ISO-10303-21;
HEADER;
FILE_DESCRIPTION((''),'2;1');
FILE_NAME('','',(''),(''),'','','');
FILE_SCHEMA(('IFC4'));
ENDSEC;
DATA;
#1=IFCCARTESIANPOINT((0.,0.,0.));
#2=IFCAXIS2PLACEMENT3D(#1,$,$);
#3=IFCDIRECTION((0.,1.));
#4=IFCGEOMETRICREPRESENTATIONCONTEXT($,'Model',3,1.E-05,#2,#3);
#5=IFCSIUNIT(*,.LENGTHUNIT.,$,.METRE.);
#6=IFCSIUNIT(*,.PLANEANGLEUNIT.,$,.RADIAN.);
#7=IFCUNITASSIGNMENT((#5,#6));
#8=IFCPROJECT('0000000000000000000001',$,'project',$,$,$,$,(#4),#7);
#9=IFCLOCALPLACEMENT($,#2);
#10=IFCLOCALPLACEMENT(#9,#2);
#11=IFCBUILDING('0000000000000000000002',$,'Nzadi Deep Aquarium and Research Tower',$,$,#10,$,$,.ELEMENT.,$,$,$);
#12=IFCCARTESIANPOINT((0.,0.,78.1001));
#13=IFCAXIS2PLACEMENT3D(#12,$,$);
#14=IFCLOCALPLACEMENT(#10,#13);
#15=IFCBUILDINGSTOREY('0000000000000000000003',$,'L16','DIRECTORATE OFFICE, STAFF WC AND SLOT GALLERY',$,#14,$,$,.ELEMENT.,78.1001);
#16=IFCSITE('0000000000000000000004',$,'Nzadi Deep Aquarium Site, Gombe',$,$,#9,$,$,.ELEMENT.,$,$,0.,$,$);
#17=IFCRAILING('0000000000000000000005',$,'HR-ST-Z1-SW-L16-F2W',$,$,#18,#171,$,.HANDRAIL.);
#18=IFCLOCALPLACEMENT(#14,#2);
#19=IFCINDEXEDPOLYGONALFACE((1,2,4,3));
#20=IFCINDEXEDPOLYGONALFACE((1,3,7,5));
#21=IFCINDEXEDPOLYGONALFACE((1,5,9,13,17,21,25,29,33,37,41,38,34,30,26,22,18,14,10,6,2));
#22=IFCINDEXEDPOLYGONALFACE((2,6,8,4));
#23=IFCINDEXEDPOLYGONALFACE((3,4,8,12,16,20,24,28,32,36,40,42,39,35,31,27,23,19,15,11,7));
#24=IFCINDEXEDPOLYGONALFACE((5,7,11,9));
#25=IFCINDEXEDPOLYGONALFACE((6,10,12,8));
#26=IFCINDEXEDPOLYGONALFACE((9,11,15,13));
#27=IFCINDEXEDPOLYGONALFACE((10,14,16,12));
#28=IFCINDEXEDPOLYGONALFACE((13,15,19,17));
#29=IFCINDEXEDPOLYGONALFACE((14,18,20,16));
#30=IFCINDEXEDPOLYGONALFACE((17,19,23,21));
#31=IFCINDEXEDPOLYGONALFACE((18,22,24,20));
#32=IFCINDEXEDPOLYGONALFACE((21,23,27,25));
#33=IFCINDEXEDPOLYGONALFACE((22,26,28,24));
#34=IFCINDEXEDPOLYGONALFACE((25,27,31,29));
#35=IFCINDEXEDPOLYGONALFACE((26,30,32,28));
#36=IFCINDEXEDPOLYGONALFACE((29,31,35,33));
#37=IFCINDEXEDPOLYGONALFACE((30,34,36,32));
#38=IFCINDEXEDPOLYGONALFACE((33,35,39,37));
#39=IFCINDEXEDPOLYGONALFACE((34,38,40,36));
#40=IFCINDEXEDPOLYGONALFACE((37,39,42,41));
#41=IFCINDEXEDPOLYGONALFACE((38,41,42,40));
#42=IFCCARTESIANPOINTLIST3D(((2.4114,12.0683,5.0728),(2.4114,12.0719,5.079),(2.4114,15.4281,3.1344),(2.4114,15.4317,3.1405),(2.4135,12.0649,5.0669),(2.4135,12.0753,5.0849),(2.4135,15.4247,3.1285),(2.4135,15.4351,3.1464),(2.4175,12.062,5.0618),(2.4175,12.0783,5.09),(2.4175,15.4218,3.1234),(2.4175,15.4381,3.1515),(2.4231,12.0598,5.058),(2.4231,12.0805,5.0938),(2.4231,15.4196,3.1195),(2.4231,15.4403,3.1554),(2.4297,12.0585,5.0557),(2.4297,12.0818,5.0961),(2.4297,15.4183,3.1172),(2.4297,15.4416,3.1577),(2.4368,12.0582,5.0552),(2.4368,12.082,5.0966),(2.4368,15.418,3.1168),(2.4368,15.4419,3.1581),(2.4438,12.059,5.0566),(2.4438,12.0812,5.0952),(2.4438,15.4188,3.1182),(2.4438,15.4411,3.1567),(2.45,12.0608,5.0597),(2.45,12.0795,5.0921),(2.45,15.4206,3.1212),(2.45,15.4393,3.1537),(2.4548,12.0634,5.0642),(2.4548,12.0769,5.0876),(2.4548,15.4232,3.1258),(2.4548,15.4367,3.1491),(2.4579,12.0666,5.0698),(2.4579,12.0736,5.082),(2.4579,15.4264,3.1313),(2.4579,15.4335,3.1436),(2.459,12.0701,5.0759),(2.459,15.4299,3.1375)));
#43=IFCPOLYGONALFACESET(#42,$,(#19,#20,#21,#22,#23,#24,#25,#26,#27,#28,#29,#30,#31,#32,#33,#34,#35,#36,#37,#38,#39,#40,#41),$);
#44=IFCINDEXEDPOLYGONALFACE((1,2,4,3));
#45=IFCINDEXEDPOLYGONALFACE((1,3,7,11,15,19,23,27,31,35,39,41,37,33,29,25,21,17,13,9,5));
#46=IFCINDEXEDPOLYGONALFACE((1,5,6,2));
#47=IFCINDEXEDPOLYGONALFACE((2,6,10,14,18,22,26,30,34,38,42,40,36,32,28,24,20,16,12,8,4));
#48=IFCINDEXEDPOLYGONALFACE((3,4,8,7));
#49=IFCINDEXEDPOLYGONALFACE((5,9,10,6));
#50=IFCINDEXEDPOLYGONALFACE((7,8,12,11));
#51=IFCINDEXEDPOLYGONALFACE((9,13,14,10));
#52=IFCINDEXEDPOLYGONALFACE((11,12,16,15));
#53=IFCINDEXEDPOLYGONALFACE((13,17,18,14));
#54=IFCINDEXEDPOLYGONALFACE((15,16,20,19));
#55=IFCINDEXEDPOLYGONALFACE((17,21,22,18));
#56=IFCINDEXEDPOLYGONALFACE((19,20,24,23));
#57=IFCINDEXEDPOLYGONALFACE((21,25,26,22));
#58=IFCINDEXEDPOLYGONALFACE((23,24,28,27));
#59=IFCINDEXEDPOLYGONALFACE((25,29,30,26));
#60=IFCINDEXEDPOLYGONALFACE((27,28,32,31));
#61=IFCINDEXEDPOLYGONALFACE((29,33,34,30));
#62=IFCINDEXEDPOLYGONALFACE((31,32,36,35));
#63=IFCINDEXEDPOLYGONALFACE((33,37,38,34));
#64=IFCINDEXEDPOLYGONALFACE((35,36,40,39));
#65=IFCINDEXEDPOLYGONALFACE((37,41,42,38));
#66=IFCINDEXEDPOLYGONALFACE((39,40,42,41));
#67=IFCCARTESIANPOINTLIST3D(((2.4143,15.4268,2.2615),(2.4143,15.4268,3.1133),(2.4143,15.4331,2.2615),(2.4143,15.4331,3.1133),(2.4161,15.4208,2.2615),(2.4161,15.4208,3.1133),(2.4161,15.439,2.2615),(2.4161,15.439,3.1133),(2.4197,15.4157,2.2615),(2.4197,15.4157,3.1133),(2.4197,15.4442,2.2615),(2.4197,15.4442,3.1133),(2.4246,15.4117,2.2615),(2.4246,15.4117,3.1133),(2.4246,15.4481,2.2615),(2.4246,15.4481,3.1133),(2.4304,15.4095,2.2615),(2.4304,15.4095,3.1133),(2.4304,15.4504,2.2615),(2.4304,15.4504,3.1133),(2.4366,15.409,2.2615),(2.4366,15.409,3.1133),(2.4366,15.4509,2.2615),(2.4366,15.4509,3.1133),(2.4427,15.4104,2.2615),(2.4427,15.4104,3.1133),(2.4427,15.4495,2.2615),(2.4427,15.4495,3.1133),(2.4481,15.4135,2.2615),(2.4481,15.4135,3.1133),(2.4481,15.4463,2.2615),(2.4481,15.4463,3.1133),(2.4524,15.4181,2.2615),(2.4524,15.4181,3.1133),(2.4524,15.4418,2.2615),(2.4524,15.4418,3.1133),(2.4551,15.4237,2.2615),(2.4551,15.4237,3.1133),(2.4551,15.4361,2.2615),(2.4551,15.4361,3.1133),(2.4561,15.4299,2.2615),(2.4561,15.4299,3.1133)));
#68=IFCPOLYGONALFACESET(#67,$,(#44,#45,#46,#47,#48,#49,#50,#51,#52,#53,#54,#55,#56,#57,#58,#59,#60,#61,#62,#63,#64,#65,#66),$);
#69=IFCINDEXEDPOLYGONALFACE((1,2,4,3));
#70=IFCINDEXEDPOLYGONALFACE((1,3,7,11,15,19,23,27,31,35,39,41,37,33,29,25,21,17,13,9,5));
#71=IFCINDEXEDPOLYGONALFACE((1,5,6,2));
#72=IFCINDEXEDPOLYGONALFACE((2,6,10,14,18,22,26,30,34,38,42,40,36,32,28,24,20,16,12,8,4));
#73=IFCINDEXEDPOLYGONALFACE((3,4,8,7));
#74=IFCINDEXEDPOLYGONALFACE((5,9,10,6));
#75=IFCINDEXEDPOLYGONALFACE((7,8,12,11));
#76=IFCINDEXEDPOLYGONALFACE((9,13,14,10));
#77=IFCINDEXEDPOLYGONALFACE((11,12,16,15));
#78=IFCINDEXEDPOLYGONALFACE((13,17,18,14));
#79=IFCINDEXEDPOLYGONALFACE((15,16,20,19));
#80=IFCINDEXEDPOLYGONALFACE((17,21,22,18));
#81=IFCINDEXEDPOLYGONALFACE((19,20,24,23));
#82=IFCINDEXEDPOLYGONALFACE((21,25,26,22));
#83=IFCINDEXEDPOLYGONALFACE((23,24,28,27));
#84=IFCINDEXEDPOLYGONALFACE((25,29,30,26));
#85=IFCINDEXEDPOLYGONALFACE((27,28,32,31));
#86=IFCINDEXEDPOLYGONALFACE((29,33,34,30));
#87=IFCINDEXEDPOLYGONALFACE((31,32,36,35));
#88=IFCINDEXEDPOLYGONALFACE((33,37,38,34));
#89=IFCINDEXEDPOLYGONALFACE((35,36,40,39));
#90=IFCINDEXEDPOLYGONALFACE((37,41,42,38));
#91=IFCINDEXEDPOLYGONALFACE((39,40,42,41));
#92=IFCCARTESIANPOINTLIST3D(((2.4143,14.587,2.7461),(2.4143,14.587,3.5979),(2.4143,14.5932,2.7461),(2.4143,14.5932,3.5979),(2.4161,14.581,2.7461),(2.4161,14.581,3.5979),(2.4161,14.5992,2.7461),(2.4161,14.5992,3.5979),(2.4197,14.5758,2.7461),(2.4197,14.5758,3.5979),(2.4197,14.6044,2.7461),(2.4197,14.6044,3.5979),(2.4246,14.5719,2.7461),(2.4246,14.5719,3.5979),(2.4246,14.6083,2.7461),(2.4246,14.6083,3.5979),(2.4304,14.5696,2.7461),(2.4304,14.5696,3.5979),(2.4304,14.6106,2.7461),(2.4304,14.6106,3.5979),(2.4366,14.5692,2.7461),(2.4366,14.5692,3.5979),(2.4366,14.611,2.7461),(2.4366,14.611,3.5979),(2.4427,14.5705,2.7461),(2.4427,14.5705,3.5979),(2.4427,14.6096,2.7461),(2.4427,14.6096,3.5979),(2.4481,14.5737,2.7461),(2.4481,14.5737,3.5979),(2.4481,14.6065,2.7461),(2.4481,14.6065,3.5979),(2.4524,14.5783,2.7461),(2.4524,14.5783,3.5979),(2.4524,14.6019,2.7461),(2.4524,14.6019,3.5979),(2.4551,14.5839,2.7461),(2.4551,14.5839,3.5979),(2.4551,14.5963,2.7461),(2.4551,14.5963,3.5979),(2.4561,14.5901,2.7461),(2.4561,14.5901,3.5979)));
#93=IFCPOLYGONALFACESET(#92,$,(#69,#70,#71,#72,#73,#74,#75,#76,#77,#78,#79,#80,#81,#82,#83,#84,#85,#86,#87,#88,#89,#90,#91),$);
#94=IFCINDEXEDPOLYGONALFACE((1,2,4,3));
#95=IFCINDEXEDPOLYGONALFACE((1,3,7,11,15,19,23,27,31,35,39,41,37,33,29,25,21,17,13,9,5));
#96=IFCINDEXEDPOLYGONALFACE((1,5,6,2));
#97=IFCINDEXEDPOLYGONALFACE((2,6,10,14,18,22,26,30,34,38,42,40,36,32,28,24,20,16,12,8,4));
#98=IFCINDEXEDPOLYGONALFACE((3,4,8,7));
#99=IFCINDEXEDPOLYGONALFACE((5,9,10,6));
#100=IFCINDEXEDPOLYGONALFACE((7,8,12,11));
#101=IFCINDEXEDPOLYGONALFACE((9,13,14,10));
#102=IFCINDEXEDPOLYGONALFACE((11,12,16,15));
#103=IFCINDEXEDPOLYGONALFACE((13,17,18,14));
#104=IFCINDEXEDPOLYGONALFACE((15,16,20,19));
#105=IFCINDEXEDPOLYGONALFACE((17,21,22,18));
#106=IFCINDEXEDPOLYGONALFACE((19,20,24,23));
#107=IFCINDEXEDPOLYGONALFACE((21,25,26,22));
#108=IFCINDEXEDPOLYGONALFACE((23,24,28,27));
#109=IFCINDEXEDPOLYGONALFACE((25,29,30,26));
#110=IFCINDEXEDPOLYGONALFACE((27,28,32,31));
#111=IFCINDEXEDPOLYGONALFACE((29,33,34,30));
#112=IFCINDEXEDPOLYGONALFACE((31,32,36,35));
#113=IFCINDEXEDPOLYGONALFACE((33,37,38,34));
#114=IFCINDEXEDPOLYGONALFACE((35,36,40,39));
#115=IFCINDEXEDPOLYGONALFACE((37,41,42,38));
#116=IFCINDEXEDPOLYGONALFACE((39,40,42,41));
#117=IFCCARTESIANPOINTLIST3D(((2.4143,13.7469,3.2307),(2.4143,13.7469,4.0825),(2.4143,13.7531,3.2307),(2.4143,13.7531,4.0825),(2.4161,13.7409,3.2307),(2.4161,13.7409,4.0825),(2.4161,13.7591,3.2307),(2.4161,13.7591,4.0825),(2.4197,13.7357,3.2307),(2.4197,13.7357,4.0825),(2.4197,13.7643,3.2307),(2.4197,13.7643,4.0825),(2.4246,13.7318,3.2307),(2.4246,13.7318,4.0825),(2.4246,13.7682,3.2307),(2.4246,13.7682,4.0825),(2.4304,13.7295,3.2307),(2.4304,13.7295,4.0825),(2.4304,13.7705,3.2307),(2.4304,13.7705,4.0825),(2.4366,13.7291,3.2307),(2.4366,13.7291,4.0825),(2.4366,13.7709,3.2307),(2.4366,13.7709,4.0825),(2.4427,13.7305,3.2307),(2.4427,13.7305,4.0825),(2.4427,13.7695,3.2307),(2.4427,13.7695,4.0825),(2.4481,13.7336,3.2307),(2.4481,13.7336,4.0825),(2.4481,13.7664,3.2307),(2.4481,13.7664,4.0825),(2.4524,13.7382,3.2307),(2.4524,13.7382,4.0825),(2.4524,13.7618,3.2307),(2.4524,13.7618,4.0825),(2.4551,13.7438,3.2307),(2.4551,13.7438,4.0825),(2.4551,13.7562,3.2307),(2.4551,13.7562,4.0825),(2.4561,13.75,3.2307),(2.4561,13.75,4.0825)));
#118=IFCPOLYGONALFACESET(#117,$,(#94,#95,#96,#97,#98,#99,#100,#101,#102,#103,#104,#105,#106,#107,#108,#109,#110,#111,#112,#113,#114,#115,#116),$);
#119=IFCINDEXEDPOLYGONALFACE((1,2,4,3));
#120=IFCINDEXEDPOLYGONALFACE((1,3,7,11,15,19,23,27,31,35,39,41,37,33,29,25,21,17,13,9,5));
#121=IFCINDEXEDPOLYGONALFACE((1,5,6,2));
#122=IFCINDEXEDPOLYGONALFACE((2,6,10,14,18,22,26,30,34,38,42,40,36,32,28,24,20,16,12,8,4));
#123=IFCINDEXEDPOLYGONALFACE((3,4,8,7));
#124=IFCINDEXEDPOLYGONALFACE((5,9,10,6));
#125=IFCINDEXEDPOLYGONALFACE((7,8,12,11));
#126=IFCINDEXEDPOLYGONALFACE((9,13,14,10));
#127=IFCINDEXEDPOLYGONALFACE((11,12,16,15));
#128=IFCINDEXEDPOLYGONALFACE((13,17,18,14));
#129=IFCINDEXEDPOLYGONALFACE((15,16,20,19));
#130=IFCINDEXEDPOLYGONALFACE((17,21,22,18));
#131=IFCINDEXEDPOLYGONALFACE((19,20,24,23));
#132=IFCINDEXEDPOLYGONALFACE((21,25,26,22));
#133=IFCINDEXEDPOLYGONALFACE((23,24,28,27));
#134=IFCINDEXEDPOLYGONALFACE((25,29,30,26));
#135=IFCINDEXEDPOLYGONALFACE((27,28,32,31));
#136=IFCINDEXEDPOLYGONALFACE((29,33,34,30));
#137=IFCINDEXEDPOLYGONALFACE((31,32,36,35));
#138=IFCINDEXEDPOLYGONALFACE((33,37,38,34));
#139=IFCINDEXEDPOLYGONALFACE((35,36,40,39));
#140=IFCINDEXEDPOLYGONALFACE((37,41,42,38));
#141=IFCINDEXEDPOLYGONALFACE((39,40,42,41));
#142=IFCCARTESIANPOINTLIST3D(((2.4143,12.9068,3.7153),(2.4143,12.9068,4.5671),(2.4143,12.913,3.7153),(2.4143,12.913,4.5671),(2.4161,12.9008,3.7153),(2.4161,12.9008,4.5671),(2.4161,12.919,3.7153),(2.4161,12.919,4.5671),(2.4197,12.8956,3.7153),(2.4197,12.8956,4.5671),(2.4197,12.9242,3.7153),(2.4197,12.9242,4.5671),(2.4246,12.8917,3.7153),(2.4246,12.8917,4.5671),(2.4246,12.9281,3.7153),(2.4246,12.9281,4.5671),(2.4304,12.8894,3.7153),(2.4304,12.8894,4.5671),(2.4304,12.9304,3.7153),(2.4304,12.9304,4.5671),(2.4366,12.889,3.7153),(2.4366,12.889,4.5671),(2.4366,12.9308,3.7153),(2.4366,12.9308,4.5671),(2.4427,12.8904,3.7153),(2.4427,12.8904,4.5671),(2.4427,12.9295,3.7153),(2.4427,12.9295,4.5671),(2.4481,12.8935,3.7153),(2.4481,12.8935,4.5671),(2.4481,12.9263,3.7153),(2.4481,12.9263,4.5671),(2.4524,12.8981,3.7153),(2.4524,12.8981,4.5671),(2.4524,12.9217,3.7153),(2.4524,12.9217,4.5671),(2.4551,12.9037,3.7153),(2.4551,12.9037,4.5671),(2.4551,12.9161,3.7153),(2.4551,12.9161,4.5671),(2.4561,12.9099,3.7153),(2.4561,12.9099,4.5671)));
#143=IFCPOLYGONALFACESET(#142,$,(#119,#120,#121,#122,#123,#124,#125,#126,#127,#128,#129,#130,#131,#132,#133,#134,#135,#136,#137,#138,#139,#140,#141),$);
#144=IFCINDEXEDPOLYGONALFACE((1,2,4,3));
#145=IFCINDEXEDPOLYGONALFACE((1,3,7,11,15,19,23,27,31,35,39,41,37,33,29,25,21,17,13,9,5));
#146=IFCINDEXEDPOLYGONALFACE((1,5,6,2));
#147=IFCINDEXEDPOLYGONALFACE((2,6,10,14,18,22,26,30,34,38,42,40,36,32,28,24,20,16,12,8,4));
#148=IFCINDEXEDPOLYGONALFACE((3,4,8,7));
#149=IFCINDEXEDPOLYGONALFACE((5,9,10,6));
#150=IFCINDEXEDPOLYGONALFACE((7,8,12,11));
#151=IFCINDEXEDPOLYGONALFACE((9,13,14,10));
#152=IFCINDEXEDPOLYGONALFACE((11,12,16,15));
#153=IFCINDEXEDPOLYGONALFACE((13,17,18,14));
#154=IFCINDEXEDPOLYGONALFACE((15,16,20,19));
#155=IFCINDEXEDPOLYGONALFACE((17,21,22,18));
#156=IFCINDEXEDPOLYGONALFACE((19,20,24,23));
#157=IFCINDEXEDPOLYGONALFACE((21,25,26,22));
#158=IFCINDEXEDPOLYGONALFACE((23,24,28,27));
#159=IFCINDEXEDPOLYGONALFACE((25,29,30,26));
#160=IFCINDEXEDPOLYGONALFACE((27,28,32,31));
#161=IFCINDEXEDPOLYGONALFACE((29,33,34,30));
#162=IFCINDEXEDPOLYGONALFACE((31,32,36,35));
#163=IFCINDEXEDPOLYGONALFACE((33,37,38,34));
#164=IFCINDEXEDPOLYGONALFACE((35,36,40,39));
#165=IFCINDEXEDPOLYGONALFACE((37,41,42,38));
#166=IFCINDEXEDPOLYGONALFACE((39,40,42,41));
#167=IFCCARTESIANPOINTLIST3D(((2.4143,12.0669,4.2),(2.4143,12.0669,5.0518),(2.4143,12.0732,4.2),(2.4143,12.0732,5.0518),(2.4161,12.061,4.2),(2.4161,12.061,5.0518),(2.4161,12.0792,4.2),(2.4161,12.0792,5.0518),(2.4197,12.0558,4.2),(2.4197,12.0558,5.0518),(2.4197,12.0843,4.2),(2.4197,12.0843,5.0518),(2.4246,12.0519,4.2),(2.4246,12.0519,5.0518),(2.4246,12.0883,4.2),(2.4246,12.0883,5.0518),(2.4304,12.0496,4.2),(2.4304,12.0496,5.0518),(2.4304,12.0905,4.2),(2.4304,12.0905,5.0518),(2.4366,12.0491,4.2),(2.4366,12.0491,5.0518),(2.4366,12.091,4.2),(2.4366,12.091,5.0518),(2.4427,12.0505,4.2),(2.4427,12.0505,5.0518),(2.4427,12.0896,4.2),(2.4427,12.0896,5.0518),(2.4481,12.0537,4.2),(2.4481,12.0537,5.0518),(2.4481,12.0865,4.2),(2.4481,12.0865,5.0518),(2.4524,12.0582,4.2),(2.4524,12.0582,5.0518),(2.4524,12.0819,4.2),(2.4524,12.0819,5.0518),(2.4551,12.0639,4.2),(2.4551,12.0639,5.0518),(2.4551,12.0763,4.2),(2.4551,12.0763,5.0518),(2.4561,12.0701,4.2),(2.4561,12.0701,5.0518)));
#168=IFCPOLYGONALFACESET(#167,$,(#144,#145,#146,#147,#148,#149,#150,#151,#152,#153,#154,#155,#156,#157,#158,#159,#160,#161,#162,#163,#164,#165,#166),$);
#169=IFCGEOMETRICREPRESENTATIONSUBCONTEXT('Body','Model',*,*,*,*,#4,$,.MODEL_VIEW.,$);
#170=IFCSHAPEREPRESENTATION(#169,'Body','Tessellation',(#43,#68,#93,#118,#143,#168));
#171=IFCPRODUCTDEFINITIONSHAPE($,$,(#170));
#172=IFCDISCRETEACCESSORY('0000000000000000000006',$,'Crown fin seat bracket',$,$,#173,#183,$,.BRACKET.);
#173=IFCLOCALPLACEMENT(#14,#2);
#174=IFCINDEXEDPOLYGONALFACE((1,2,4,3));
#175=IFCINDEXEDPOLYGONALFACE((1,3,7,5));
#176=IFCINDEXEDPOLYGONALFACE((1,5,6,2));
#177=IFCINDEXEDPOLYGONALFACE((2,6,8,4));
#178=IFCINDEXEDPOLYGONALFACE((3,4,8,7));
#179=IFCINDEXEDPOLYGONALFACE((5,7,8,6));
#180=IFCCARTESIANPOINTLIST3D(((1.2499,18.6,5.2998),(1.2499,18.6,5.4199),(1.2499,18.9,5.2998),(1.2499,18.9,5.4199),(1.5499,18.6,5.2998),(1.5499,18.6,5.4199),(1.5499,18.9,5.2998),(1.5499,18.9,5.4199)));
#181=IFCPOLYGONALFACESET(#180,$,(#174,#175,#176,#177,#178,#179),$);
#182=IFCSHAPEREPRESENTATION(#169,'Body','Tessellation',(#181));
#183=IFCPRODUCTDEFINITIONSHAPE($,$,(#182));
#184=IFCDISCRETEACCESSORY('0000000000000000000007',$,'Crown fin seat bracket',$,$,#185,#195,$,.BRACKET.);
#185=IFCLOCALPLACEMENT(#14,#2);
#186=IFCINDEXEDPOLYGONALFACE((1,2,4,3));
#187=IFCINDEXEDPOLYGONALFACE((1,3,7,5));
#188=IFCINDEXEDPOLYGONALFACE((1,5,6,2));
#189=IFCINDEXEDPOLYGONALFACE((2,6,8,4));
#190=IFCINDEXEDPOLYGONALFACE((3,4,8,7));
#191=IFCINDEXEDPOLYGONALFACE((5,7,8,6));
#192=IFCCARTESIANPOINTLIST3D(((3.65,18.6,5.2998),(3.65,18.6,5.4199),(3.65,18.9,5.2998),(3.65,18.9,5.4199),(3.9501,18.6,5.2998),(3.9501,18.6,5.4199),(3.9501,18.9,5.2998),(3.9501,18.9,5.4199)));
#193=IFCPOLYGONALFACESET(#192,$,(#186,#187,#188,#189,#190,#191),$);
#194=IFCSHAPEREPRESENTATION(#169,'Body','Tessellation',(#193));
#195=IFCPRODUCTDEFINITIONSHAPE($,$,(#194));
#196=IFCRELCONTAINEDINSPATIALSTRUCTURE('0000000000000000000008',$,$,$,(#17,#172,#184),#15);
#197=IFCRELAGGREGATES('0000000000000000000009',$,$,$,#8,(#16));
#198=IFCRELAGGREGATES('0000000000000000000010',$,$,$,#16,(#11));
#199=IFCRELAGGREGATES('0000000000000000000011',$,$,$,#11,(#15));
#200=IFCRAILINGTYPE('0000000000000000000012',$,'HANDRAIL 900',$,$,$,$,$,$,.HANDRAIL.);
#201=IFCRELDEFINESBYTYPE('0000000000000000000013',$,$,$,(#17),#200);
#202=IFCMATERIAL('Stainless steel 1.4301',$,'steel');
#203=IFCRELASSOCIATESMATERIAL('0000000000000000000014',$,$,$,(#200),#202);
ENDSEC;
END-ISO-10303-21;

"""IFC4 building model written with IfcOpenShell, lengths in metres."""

from ifc_helpers import new_model, si_unit, direction, frame, origin, origin_2d, place, context, subcontext, project, spatial, rectangle, circle, extrude, material, type_object, element, save


model = new_model("IFC4")

# Units and contexts
model_context = context("Model", 3, precision=1e-05, world=origin(), true_north=direction((0.0, 1.0)))
body_context = subcontext(model_context, "Body", "Model", "MODEL_VIEW")
ifc_project = project(units=[si_unit("LENGTHUNIT", "METRE"), si_unit("PLANEANGLEUNIT", "RADIAN")], contexts=[model_context])

# Site, building, storey
site_placement = place(None, origin())
site = spatial("IfcSite", under=ifc_project, at=site_placement, Name="Nzadi Deep Aquarium Site, Gombe", CompositionType="ELEMENT", RefElevation=0.0)
building_placement = place(site_placement, origin())
building = spatial("IfcBuilding", under=site, at=building_placement, Name="Nzadi Deep Aquarium and Research Tower", CompositionType="ELEMENT")
storey_placement = place(building_placement, frame((0.0, 0.0, 78.1001)))
storey = spatial("IfcBuildingStorey", under=building, at=storey_placement, Name="L16", Description="DIRECTORATE OFFICE, STAFF WC AND SLOT GALLERY", CompositionType="ELEMENT", Elevation=78.1001)

# Railing
ifc_material_1 = material(Name="Stainless steel 1.4301", Category="steel")
railing_type = type_object("IfcRailingType", Name="HANDRAIL 900", PredefinedType="HANDRAIL", material=ifc_material_1)
railing_placement = place(storey_placement, frame((2.4351, 15.4299, 2.2615)))
element("IfcRailing", 1, at=railing_placement, inside=storey, type_object=railing_type, Name="HR-ST-Z1-SW-L16-F2W", PredefinedType="HANDRAIL", context=body_context, shape_type="SweptSolid", body=[
    extrude(circle(Radius=0.0239, at=origin_2d()), frame((0.0, 0.0, 0.876), z_axis=(0.0, -0.866175, 0.499741), x_axis=(1.0, 0.0, 0.0)), (0.0, 0.0, 1.0), 3.8789),
    extrude(circle(Radius=0.021, at=origin_2d()), origin(), (0.0, 0.0, 1.0), 0.8518),
    extrude(circle(Radius=0.021, at=origin_2d()), frame((0.0, -0.8398, 0.4846)), (0.0, 0.0, 1.0), 0.8518),
    extrude(circle(Radius=0.021, at=origin_2d()), frame((0.0, -1.6799, 0.9692)), (0.0, 0.0, 1.0), 0.8518),
    extrude(circle(Radius=0.021, at=origin_2d()), frame((0.0, -2.52, 1.4539)), (0.0, 0.0, 1.0), 0.8518),
    extrude(circle(Radius=0.021, at=origin_2d()), frame((0.0, -3.3599, 1.9385)), (0.0, 0.0, 1.0), 0.8518),
])

# Discrete accessories
for number, where, z_axis, x_axis, name in (
    (2, (1.3999, 18.75, 5.2998), (0.0, 0.0, 1.0), (1.0, 0.0, 0.0), "Crown fin seat bracket"),
    (3, (3.8, 18.75, 5.2998), (0.0, 0.0, 1.0), (1.0, 0.0, 0.0), "Crown fin seat bracket"),
):
    element("IfcDiscreteAccessory", number, at=place(storey_placement, frame(where, z_axis=z_axis, x_axis=x_axis)), inside=storey, Name=name, PredefinedType="BRACKET", context=body_context, shape_type="SweptSolid", body=[
        extrude(rectangle(XDim=0.3, YDim=0.3, at=origin_2d()), origin(), (0.0, 0.0, 1.0), 0.1201),
    ])

save(model, "model.ifc")
